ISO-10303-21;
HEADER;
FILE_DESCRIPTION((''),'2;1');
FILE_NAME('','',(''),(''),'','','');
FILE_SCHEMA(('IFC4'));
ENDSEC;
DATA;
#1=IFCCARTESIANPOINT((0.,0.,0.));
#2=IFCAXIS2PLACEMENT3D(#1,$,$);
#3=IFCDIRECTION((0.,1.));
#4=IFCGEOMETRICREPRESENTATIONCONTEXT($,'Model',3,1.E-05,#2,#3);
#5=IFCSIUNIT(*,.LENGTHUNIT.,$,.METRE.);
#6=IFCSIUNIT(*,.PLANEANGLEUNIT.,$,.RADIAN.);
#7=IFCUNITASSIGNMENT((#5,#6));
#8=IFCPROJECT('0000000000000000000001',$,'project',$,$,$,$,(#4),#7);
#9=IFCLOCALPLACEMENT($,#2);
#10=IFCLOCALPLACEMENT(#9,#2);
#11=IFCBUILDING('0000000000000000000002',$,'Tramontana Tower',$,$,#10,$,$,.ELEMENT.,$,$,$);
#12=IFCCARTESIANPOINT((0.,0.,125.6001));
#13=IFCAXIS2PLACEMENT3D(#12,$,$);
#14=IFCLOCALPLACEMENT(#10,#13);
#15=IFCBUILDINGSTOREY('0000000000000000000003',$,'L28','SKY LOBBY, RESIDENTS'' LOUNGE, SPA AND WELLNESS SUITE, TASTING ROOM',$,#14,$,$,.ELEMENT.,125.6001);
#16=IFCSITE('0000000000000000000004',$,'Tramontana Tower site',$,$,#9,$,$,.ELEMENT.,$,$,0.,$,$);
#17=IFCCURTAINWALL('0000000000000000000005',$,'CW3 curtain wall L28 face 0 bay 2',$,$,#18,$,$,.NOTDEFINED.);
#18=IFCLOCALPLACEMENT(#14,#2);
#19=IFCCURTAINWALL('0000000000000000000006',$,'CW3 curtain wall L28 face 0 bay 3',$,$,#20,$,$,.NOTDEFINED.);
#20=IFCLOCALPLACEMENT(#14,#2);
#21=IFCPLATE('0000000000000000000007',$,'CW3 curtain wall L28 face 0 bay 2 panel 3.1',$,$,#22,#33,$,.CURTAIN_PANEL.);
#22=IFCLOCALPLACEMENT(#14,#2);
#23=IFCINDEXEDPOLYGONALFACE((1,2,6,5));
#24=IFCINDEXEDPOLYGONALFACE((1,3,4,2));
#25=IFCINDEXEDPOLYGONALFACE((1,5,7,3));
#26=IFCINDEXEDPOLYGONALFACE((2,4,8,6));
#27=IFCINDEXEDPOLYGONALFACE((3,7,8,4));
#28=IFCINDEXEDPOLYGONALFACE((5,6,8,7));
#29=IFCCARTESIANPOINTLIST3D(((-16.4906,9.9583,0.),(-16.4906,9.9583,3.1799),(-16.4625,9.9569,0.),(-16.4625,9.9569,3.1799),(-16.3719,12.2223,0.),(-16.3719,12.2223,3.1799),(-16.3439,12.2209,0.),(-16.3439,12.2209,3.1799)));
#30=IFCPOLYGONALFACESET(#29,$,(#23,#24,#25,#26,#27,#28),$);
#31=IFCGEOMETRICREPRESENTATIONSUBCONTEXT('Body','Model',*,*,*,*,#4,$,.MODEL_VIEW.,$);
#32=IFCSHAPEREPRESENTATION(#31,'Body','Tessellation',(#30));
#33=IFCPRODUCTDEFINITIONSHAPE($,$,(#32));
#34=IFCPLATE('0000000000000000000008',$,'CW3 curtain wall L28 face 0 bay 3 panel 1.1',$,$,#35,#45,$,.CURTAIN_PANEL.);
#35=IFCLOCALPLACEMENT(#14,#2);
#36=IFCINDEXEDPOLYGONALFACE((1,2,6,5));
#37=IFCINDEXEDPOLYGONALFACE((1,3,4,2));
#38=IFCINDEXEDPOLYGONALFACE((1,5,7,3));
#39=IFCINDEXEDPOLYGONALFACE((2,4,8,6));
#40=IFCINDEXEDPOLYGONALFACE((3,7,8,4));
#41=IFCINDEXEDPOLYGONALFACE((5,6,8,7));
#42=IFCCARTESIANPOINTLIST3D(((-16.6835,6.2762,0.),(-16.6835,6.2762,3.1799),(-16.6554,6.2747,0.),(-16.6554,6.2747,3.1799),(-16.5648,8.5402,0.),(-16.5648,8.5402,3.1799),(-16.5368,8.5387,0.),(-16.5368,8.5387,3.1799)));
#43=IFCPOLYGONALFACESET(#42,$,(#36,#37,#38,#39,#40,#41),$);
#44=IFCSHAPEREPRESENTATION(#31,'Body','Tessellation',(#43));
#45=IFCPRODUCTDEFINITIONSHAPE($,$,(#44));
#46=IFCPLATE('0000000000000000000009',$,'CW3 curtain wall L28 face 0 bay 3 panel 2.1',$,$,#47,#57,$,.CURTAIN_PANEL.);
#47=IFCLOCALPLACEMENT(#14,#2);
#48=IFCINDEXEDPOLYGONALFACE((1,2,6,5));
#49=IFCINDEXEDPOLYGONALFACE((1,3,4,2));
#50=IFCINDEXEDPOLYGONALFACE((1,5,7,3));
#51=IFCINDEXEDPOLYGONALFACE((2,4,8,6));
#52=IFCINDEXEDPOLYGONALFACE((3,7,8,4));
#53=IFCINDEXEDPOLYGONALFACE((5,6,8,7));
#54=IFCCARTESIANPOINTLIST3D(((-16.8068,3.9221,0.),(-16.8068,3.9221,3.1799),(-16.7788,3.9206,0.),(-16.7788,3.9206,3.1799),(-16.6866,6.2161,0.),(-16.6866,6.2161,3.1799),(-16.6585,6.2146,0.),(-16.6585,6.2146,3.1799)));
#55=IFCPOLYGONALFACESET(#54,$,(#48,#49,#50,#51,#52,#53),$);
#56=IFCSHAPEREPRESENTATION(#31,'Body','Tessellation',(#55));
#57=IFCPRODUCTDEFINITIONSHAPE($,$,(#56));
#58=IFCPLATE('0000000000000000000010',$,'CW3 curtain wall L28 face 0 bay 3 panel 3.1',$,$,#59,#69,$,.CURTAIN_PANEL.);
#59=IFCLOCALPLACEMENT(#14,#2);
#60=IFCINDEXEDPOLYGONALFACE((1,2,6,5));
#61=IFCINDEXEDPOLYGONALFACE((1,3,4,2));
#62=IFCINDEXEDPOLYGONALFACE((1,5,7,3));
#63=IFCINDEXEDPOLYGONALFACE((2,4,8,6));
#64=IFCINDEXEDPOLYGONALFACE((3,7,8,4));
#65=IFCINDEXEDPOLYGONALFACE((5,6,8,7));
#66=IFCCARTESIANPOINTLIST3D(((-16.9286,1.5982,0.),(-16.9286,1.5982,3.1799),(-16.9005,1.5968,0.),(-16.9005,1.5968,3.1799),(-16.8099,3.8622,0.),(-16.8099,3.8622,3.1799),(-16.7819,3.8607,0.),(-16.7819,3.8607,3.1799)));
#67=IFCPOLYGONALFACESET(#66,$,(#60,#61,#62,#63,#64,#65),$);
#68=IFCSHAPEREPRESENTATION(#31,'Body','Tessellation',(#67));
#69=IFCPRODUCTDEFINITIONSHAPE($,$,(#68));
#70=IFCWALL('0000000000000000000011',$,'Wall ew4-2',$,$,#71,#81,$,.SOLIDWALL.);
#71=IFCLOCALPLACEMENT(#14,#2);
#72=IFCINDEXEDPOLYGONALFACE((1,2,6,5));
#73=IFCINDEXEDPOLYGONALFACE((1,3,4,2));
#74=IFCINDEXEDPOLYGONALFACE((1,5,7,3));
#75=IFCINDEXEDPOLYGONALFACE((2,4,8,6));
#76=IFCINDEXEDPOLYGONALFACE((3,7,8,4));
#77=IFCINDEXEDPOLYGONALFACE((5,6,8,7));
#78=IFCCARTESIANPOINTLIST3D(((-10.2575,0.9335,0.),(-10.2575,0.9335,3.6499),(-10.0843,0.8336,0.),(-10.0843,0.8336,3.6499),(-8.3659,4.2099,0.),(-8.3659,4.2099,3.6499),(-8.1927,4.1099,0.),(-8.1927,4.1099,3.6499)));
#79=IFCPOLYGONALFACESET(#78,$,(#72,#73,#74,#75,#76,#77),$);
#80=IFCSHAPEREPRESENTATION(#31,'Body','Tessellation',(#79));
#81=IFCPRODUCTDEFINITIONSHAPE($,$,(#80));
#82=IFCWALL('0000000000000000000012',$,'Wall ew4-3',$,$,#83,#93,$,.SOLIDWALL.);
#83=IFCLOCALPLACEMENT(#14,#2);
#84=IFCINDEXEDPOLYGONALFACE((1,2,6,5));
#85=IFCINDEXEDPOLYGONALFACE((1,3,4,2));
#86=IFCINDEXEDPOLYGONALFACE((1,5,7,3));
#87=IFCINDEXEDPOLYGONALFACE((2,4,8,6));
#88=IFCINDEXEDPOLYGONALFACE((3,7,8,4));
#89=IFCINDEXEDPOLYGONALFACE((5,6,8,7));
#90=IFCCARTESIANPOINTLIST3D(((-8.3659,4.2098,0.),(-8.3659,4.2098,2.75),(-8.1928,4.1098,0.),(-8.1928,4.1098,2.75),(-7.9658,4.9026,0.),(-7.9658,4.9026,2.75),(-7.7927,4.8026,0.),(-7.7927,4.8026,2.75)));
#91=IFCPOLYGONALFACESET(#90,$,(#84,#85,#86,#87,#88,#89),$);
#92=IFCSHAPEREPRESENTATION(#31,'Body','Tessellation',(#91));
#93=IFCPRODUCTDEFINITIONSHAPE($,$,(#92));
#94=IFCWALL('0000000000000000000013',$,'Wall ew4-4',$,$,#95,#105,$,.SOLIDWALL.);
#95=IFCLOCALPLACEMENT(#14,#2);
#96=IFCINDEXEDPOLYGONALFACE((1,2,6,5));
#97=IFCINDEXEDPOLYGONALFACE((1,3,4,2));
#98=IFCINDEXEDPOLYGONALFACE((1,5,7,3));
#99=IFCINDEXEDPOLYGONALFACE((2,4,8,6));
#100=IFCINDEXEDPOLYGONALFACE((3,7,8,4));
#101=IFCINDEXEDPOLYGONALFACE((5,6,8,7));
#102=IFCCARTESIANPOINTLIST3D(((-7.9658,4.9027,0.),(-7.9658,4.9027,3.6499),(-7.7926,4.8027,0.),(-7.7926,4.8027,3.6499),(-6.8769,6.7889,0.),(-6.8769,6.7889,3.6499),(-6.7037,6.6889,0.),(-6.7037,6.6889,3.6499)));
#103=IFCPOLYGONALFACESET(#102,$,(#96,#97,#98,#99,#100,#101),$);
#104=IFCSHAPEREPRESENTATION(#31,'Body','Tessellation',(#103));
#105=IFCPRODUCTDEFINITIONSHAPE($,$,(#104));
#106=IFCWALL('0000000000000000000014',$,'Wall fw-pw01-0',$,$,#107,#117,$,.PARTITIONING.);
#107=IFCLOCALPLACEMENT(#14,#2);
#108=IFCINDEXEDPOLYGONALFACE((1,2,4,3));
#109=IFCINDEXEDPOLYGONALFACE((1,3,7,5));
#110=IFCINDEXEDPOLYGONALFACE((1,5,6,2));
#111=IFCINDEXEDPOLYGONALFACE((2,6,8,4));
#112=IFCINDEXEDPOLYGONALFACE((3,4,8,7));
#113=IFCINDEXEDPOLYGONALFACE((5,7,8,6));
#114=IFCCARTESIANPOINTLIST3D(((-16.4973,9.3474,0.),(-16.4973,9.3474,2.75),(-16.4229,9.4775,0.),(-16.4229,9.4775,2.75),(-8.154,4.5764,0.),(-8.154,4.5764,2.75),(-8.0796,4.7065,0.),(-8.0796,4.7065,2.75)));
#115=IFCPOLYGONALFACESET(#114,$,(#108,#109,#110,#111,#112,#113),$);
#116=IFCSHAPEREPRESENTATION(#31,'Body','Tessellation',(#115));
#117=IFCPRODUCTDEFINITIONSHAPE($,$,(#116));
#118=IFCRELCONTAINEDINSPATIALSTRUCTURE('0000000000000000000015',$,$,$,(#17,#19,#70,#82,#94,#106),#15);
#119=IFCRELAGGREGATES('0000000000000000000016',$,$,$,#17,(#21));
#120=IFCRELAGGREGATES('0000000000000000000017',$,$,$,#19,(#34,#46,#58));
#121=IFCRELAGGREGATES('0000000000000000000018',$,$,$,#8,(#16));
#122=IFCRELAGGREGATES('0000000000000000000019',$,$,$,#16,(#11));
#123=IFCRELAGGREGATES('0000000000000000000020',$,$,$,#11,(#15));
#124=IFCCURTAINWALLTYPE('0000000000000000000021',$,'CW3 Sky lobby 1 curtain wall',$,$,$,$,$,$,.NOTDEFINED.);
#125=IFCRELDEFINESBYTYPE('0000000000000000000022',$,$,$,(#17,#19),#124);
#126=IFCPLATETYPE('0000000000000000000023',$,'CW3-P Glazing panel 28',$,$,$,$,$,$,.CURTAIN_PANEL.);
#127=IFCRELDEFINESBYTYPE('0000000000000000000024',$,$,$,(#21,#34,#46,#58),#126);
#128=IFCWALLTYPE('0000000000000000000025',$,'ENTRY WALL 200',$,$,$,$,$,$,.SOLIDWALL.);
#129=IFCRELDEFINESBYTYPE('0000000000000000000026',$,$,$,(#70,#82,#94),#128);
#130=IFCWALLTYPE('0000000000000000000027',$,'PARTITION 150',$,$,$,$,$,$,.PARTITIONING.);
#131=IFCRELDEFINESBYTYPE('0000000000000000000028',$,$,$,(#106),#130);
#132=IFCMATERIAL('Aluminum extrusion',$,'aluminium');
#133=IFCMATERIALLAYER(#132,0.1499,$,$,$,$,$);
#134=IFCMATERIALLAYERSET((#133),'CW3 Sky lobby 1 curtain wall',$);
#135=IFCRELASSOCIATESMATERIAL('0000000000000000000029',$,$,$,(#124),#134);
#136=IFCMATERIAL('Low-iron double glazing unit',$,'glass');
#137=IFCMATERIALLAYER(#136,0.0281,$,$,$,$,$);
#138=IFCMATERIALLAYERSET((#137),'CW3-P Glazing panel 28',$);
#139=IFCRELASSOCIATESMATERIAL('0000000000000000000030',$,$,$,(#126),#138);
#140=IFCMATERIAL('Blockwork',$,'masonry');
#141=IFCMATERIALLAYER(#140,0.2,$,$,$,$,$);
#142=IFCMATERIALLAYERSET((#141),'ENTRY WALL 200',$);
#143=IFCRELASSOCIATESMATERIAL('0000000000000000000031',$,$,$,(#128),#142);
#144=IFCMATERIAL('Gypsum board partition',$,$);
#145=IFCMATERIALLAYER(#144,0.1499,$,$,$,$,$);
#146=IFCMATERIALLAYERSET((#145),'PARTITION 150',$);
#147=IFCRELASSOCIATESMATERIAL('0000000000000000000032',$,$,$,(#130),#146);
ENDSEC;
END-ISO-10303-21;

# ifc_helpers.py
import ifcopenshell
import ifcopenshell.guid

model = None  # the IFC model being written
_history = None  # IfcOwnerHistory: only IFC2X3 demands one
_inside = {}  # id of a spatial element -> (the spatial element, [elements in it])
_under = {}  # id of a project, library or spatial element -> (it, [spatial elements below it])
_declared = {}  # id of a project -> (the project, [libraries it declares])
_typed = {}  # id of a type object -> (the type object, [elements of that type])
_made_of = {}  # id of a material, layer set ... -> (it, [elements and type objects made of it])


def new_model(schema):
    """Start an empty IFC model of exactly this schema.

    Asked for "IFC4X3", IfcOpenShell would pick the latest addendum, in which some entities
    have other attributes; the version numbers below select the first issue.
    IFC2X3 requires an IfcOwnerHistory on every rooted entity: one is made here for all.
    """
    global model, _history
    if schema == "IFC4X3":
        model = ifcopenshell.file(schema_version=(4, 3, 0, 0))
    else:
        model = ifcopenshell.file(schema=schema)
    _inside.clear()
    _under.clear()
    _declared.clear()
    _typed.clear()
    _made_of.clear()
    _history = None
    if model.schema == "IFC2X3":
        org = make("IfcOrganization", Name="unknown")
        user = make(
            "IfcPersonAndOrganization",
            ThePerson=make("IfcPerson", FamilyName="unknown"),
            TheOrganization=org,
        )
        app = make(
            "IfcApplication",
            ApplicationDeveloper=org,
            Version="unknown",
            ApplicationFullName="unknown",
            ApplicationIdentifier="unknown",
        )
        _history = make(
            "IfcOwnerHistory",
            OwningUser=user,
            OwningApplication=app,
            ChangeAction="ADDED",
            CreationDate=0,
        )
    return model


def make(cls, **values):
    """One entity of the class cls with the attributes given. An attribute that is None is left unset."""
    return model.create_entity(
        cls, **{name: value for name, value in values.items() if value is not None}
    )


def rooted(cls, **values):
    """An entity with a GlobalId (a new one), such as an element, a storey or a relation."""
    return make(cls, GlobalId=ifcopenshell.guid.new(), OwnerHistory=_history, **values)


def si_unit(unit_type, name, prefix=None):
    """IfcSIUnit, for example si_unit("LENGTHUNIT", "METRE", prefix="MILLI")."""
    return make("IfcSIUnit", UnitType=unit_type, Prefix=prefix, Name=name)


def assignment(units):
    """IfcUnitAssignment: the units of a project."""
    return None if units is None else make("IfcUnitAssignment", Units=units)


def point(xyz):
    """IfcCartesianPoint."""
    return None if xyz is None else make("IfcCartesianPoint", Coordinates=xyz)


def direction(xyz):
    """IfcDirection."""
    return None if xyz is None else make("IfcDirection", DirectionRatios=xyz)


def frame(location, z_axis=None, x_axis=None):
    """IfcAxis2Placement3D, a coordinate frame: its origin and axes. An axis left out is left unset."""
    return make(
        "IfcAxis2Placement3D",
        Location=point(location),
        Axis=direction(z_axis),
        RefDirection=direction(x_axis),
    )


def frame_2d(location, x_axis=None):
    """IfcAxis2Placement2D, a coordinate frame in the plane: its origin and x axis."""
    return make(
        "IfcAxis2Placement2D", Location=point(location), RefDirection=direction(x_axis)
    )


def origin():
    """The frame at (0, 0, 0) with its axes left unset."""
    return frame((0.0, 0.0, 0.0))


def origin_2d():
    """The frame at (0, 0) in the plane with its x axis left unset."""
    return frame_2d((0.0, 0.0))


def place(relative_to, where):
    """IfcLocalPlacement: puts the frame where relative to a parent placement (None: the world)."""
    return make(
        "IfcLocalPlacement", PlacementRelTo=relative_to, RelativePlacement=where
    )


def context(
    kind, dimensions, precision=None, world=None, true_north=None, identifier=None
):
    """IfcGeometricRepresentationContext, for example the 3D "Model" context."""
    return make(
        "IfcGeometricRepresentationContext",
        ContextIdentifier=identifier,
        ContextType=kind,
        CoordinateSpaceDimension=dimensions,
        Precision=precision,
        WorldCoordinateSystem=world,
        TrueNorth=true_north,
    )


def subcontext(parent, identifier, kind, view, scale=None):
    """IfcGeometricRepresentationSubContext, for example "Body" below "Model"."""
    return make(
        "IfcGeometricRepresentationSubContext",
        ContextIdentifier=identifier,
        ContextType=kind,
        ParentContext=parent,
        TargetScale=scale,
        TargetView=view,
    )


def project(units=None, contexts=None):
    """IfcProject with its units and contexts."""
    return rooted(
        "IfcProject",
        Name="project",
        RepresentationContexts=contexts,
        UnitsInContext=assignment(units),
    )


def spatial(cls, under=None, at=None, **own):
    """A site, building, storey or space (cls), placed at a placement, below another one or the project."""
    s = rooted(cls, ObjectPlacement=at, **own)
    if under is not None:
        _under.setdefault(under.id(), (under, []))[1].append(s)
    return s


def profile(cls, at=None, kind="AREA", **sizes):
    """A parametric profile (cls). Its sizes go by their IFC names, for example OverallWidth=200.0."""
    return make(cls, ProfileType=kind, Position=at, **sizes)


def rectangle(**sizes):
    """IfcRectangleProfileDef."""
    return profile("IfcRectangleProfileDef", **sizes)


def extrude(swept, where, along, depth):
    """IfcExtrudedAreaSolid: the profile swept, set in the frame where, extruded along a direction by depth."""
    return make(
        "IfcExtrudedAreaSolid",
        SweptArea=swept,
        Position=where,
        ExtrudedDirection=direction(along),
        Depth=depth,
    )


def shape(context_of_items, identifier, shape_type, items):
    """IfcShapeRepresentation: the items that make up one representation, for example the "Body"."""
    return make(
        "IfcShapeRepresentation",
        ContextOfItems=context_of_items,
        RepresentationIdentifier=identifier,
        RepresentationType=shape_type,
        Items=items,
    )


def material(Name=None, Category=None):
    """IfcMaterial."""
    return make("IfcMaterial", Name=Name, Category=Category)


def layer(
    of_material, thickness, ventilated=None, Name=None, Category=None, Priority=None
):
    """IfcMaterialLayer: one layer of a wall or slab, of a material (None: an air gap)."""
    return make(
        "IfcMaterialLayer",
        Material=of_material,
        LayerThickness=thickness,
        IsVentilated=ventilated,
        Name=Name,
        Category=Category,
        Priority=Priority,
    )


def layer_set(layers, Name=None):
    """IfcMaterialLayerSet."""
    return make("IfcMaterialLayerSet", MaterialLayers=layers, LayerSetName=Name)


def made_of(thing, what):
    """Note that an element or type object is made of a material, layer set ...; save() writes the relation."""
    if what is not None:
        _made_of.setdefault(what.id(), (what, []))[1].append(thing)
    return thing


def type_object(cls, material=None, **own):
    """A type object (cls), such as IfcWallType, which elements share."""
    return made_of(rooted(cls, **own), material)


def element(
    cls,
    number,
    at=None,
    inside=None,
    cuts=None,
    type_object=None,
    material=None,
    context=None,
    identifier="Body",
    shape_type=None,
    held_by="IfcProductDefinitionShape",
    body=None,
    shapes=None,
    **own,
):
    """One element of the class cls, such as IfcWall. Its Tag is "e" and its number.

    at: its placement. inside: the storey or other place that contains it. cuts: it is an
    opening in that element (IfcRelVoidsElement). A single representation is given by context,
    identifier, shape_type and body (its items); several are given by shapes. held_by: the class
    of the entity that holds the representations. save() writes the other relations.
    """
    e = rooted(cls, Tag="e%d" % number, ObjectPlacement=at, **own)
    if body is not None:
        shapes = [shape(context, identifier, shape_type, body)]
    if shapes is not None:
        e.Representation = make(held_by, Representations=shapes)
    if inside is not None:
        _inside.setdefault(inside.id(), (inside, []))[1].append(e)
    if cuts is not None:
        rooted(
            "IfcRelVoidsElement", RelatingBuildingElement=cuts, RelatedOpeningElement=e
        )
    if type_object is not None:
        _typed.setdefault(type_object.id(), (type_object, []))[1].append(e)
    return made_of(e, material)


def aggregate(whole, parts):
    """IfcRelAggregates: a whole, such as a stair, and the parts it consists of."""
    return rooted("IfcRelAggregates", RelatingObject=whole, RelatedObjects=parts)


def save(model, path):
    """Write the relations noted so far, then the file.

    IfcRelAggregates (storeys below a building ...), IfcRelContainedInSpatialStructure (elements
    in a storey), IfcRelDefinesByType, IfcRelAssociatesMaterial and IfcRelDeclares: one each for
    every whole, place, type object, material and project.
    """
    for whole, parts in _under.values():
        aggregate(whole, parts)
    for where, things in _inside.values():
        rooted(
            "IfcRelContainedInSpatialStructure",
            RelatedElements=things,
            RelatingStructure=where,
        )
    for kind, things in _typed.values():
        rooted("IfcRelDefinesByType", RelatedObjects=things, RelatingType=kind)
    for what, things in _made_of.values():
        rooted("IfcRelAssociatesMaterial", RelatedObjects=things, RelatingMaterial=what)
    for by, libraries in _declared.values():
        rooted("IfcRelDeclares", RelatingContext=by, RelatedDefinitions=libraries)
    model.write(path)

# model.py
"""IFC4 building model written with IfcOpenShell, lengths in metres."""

from ifc_helpers import new_model, si_unit, direction, frame, frame_2d, origin, origin_2d, place, context, subcontext, project, spatial, rectangle, extrude, material, layer, layer_set, type_object, element, aggregate, save


model = new_model("IFC4")

# Units and contexts
model_context = context("Model", 3, precision=1e-05, world=origin(), true_north=direction((0.0, 1.0)))
body_context = subcontext(model_context, "Body", "Model", "MODEL_VIEW")
ifc_project = project(units=[si_unit("LENGTHUNIT", "METRE"), si_unit("PLANEANGLEUNIT", "RADIAN")], contexts=[model_context])

# Site, building, storey
site_placement = place(None, origin())
site = spatial("IfcSite", under=ifc_project, at=site_placement, Name="Tramontana Tower site", CompositionType="ELEMENT", RefElevation=0.0)
building_placement = place(site_placement, origin())
building = spatial("IfcBuilding", under=site, at=building_placement, Name="Tramontana Tower", CompositionType="ELEMENT")
storey_placement = place(building_placement, frame((0.0, 0.0, 125.6001)))
storey = spatial("IfcBuildingStorey", under=building, at=storey_placement, Name="L28", Description="SKY LOBBY, RESIDENTS' LOUNGE, SPA AND WELLNESS SUITE, TASTING ROOM", CompositionType="ELEMENT", Elevation=125.6001)

# Curtain wall
ifc_material_1 = material(Name="Aluminum extrusion", Category="aluminium")
ifc_layer_1 = layer(ifc_material_1, 0.1499)
ifc_layer_set_1 = layer_set([ifc_layer_1], Name="CW3 Sky lobby 1 curtain wall")
curtain_wall_type = type_object("IfcCurtainWallType", Name="CW3 Sky lobby 1 curtain wall", PredefinedType="NOTDEFINED", material=ifc_layer_set_1)
curtain_wall_1_placement = place(storey_placement, origin())
curtain_wall_1 = element("IfcCurtainWall", 1, at=curtain_wall_1_placement, inside=storey, type_object=curtain_wall_type, Name="CW3 curtain wall L28 face 0 bay 2", PredefinedType="NOTDEFINED")

# Curtain wall
curtain_wall_2_placement = place(storey_placement, origin())
curtain_wall_2 = element("IfcCurtainWall", 2, at=curtain_wall_2_placement, inside=storey, type_object=curtain_wall_type, Name="CW3 curtain wall L28 face 0 bay 3", PredefinedType="NOTDEFINED")

# Plates
ifc_material_2 = material(Name="Low-iron double glazing unit", Category="glass")
ifc_layer_2 = layer(ifc_material_2, 0.0281)
ifc_layer_set_2 = layer_set([ifc_layer_2], Name="CW3-P Glazing panel 28")
plate_type = type_object("IfcPlateType", Name="CW3-P Glazing panel 28", PredefinedType="CURTAIN_PANEL", material=ifc_layer_set_2)
plate_1_placement = place(storey_placement, frame((-16.4172, 11.0896, 0.0), z_axis=(0.0, 0.0, 1.0), x_axis=(-0.052336, -0.99863, 0.0)))
plate_1 = element("IfcPlate", 3, at=plate_1_placement, type_object=plate_type, Name="CW3 curtain wall L28 face 0 bay 2 panel 3.1", PredefinedType="CURTAIN_PANEL", context=body_context, shape_type="SweptSolid", body=[
    extrude(rectangle(XDim=2.2671, YDim=0.0281, at=origin_2d()), origin(), (0.0, 0.0, 1.0), 3.1799),
])
aggregate(curtain_wall_1, [plate_1])
plate_2_placement = place(storey_placement, frame((-16.6101, 7.4075, 0.0), z_axis=(0.0, 0.0, 1.0), x_axis=(-0.052336, -0.99863, 0.0)))
plate_2 = element("IfcPlate", 4, at=plate_2_placement, type_object=plate_type, Name="CW3 curtain wall L28 face 0 bay 3 panel 1.1", PredefinedType="CURTAIN_PANEL", context=body_context, shape_type="SweptSolid", body=[
    extrude(rectangle(XDim=2.2671, YDim=0.0281, at=origin_2d()), origin(), (0.0, 0.0, 1.0), 3.1799),
])
plate_3_placement = place(storey_placement, frame((-16.7327, 5.0684, 0.0), z_axis=(0.0, 0.0, 1.0), x_axis=(-0.052336, -0.99863, 0.0)))
plate_3 = element("IfcPlate", 5, at=plate_3_placement, type_object=plate_type, Name="CW3 curtain wall L28 face 0 bay 3 panel 2.1", PredefinedType="CURTAIN_PANEL", context=body_context, shape_type="SweptSolid", body=[
    extrude(rectangle(XDim=2.2971, YDim=0.0281, at=origin_2d()), origin(), (0.0, 0.0, 1.0), 3.1799),
])
plate_4_placement = place(storey_placement, frame((-16.8552, 2.7295, 0.0), z_axis=(0.0, 0.0, 1.0), x_axis=(-0.052336, -0.99863, 0.0)))
plate_4 = element("IfcPlate", 6, at=plate_4_placement, type_object=plate_type, Name="CW3 curtain wall L28 face 0 bay 3 panel 3.1", PredefinedType="CURTAIN_PANEL", context=body_context, shape_type="SweptSolid", body=[
    extrude(rectangle(XDim=2.2671, YDim=0.0281, at=origin_2d()), origin(), (0.0, 0.0, 1.0), 3.1799),
])
aggregate(curtain_wall_2, [plate_2, plate_3, plate_4])

# Walls
ifc_material_3 = material(Name="Blockwork", Category="masonry")
ifc_layer_3 = layer(ifc_material_3, 0.2)
ifc_layer_set_3 = layer_set([ifc_layer_3], Name="ENTRY WALL 200")
wall_type_1 = type_object("IfcWallType", Name="ENTRY WALL 200", PredefinedType="SOLIDWALL", material=ifc_layer_set_3)
wall_1_placement = place(storey_placement, frame((-10.1709, 0.8835, 0.0), z_axis=(0.0, 0.0, 1.0), x_axis=(0.499998, 0.866027, 0.0)))
element("IfcWall", 7, at=wall_1_placement, inside=storey, type_object=wall_type_1, Name="Wall ew4-2", PredefinedType="SOLIDWALL", context=body_context, shape_type="SweptSolid", body=[
    extrude(rectangle(XDim=3.7832, YDim=0.2, at=frame_2d((1.8916, 0.0))), origin(), (0.0, 0.0, 1.0), 3.6499),
])
wall_2_placement = place(storey_placement, frame((-8.2793, 4.1599, 0.0), z_axis=(0.0, 0.0, 1.0), x_axis=(0.50011, 0.865962, 0.0)))
element("IfcWall", 8, at=wall_2_placement, inside=storey, type_object=wall_type_1, Name="Wall ew4-3", PredefinedType="SOLIDWALL", context=body_context, shape_type="SweptSolid", body=[
    extrude(rectangle(XDim=0.8, YDim=0.2, at=frame_2d((0.3999, 0.0))), origin(), (0.0, 0.0, 1.0), 2.75),
])
wall_3_placement = place(storey_placement, frame((-7.8792, 4.8528, 0.0), z_axis=(0.0, 0.0, 1.0), x_axis=(0.499949, 0.866055, 0.0)))
element("IfcWall", 9, at=wall_3_placement, inside=storey, type_object=wall_type_1, Name="Wall ew4-4", PredefinedType="SOLIDWALL", context=body_context, shape_type="SweptSolid", body=[
    extrude(rectangle(XDim=2.178, YDim=0.2, at=frame_2d((1.0889, 0.0))), origin(), (0.0, 0.0, 1.0), 3.6499),
])
ifc_material_4 = material(Name="Gypsum board partition")
ifc_layer_4 = layer(ifc_material_4, 0.1499)
ifc_layer_set_4 = layer_set([ifc_layer_4], Name="PARTITION 150")
wall_type_2 = type_object("IfcWallType", Name="PARTITION 150", PredefinedType="PARTITIONING", material=ifc_layer_set_4)
wall_4_placement = place(storey_placement, frame((-8.1167, 4.6414, 0.0), z_axis=(0.0, 0.0, 1.0), x_axis=(-0.86809, 0.496407, 0.0)))
element("IfcWall", 10, at=wall_4_placement, inside=storey, type_object=wall_type_2, Name="Wall fw-pw01-0", PredefinedType="PARTITIONING", context=body_context, shape_type="SweptSolid", body=[
    extrude(rectangle(XDim=9.6111, YDim=0.1499, at=frame_2d((4.8057, 0.0))), origin(), (0.0, 0.0, 1.0), 2.75),
])

save(model, "model.ifc")
